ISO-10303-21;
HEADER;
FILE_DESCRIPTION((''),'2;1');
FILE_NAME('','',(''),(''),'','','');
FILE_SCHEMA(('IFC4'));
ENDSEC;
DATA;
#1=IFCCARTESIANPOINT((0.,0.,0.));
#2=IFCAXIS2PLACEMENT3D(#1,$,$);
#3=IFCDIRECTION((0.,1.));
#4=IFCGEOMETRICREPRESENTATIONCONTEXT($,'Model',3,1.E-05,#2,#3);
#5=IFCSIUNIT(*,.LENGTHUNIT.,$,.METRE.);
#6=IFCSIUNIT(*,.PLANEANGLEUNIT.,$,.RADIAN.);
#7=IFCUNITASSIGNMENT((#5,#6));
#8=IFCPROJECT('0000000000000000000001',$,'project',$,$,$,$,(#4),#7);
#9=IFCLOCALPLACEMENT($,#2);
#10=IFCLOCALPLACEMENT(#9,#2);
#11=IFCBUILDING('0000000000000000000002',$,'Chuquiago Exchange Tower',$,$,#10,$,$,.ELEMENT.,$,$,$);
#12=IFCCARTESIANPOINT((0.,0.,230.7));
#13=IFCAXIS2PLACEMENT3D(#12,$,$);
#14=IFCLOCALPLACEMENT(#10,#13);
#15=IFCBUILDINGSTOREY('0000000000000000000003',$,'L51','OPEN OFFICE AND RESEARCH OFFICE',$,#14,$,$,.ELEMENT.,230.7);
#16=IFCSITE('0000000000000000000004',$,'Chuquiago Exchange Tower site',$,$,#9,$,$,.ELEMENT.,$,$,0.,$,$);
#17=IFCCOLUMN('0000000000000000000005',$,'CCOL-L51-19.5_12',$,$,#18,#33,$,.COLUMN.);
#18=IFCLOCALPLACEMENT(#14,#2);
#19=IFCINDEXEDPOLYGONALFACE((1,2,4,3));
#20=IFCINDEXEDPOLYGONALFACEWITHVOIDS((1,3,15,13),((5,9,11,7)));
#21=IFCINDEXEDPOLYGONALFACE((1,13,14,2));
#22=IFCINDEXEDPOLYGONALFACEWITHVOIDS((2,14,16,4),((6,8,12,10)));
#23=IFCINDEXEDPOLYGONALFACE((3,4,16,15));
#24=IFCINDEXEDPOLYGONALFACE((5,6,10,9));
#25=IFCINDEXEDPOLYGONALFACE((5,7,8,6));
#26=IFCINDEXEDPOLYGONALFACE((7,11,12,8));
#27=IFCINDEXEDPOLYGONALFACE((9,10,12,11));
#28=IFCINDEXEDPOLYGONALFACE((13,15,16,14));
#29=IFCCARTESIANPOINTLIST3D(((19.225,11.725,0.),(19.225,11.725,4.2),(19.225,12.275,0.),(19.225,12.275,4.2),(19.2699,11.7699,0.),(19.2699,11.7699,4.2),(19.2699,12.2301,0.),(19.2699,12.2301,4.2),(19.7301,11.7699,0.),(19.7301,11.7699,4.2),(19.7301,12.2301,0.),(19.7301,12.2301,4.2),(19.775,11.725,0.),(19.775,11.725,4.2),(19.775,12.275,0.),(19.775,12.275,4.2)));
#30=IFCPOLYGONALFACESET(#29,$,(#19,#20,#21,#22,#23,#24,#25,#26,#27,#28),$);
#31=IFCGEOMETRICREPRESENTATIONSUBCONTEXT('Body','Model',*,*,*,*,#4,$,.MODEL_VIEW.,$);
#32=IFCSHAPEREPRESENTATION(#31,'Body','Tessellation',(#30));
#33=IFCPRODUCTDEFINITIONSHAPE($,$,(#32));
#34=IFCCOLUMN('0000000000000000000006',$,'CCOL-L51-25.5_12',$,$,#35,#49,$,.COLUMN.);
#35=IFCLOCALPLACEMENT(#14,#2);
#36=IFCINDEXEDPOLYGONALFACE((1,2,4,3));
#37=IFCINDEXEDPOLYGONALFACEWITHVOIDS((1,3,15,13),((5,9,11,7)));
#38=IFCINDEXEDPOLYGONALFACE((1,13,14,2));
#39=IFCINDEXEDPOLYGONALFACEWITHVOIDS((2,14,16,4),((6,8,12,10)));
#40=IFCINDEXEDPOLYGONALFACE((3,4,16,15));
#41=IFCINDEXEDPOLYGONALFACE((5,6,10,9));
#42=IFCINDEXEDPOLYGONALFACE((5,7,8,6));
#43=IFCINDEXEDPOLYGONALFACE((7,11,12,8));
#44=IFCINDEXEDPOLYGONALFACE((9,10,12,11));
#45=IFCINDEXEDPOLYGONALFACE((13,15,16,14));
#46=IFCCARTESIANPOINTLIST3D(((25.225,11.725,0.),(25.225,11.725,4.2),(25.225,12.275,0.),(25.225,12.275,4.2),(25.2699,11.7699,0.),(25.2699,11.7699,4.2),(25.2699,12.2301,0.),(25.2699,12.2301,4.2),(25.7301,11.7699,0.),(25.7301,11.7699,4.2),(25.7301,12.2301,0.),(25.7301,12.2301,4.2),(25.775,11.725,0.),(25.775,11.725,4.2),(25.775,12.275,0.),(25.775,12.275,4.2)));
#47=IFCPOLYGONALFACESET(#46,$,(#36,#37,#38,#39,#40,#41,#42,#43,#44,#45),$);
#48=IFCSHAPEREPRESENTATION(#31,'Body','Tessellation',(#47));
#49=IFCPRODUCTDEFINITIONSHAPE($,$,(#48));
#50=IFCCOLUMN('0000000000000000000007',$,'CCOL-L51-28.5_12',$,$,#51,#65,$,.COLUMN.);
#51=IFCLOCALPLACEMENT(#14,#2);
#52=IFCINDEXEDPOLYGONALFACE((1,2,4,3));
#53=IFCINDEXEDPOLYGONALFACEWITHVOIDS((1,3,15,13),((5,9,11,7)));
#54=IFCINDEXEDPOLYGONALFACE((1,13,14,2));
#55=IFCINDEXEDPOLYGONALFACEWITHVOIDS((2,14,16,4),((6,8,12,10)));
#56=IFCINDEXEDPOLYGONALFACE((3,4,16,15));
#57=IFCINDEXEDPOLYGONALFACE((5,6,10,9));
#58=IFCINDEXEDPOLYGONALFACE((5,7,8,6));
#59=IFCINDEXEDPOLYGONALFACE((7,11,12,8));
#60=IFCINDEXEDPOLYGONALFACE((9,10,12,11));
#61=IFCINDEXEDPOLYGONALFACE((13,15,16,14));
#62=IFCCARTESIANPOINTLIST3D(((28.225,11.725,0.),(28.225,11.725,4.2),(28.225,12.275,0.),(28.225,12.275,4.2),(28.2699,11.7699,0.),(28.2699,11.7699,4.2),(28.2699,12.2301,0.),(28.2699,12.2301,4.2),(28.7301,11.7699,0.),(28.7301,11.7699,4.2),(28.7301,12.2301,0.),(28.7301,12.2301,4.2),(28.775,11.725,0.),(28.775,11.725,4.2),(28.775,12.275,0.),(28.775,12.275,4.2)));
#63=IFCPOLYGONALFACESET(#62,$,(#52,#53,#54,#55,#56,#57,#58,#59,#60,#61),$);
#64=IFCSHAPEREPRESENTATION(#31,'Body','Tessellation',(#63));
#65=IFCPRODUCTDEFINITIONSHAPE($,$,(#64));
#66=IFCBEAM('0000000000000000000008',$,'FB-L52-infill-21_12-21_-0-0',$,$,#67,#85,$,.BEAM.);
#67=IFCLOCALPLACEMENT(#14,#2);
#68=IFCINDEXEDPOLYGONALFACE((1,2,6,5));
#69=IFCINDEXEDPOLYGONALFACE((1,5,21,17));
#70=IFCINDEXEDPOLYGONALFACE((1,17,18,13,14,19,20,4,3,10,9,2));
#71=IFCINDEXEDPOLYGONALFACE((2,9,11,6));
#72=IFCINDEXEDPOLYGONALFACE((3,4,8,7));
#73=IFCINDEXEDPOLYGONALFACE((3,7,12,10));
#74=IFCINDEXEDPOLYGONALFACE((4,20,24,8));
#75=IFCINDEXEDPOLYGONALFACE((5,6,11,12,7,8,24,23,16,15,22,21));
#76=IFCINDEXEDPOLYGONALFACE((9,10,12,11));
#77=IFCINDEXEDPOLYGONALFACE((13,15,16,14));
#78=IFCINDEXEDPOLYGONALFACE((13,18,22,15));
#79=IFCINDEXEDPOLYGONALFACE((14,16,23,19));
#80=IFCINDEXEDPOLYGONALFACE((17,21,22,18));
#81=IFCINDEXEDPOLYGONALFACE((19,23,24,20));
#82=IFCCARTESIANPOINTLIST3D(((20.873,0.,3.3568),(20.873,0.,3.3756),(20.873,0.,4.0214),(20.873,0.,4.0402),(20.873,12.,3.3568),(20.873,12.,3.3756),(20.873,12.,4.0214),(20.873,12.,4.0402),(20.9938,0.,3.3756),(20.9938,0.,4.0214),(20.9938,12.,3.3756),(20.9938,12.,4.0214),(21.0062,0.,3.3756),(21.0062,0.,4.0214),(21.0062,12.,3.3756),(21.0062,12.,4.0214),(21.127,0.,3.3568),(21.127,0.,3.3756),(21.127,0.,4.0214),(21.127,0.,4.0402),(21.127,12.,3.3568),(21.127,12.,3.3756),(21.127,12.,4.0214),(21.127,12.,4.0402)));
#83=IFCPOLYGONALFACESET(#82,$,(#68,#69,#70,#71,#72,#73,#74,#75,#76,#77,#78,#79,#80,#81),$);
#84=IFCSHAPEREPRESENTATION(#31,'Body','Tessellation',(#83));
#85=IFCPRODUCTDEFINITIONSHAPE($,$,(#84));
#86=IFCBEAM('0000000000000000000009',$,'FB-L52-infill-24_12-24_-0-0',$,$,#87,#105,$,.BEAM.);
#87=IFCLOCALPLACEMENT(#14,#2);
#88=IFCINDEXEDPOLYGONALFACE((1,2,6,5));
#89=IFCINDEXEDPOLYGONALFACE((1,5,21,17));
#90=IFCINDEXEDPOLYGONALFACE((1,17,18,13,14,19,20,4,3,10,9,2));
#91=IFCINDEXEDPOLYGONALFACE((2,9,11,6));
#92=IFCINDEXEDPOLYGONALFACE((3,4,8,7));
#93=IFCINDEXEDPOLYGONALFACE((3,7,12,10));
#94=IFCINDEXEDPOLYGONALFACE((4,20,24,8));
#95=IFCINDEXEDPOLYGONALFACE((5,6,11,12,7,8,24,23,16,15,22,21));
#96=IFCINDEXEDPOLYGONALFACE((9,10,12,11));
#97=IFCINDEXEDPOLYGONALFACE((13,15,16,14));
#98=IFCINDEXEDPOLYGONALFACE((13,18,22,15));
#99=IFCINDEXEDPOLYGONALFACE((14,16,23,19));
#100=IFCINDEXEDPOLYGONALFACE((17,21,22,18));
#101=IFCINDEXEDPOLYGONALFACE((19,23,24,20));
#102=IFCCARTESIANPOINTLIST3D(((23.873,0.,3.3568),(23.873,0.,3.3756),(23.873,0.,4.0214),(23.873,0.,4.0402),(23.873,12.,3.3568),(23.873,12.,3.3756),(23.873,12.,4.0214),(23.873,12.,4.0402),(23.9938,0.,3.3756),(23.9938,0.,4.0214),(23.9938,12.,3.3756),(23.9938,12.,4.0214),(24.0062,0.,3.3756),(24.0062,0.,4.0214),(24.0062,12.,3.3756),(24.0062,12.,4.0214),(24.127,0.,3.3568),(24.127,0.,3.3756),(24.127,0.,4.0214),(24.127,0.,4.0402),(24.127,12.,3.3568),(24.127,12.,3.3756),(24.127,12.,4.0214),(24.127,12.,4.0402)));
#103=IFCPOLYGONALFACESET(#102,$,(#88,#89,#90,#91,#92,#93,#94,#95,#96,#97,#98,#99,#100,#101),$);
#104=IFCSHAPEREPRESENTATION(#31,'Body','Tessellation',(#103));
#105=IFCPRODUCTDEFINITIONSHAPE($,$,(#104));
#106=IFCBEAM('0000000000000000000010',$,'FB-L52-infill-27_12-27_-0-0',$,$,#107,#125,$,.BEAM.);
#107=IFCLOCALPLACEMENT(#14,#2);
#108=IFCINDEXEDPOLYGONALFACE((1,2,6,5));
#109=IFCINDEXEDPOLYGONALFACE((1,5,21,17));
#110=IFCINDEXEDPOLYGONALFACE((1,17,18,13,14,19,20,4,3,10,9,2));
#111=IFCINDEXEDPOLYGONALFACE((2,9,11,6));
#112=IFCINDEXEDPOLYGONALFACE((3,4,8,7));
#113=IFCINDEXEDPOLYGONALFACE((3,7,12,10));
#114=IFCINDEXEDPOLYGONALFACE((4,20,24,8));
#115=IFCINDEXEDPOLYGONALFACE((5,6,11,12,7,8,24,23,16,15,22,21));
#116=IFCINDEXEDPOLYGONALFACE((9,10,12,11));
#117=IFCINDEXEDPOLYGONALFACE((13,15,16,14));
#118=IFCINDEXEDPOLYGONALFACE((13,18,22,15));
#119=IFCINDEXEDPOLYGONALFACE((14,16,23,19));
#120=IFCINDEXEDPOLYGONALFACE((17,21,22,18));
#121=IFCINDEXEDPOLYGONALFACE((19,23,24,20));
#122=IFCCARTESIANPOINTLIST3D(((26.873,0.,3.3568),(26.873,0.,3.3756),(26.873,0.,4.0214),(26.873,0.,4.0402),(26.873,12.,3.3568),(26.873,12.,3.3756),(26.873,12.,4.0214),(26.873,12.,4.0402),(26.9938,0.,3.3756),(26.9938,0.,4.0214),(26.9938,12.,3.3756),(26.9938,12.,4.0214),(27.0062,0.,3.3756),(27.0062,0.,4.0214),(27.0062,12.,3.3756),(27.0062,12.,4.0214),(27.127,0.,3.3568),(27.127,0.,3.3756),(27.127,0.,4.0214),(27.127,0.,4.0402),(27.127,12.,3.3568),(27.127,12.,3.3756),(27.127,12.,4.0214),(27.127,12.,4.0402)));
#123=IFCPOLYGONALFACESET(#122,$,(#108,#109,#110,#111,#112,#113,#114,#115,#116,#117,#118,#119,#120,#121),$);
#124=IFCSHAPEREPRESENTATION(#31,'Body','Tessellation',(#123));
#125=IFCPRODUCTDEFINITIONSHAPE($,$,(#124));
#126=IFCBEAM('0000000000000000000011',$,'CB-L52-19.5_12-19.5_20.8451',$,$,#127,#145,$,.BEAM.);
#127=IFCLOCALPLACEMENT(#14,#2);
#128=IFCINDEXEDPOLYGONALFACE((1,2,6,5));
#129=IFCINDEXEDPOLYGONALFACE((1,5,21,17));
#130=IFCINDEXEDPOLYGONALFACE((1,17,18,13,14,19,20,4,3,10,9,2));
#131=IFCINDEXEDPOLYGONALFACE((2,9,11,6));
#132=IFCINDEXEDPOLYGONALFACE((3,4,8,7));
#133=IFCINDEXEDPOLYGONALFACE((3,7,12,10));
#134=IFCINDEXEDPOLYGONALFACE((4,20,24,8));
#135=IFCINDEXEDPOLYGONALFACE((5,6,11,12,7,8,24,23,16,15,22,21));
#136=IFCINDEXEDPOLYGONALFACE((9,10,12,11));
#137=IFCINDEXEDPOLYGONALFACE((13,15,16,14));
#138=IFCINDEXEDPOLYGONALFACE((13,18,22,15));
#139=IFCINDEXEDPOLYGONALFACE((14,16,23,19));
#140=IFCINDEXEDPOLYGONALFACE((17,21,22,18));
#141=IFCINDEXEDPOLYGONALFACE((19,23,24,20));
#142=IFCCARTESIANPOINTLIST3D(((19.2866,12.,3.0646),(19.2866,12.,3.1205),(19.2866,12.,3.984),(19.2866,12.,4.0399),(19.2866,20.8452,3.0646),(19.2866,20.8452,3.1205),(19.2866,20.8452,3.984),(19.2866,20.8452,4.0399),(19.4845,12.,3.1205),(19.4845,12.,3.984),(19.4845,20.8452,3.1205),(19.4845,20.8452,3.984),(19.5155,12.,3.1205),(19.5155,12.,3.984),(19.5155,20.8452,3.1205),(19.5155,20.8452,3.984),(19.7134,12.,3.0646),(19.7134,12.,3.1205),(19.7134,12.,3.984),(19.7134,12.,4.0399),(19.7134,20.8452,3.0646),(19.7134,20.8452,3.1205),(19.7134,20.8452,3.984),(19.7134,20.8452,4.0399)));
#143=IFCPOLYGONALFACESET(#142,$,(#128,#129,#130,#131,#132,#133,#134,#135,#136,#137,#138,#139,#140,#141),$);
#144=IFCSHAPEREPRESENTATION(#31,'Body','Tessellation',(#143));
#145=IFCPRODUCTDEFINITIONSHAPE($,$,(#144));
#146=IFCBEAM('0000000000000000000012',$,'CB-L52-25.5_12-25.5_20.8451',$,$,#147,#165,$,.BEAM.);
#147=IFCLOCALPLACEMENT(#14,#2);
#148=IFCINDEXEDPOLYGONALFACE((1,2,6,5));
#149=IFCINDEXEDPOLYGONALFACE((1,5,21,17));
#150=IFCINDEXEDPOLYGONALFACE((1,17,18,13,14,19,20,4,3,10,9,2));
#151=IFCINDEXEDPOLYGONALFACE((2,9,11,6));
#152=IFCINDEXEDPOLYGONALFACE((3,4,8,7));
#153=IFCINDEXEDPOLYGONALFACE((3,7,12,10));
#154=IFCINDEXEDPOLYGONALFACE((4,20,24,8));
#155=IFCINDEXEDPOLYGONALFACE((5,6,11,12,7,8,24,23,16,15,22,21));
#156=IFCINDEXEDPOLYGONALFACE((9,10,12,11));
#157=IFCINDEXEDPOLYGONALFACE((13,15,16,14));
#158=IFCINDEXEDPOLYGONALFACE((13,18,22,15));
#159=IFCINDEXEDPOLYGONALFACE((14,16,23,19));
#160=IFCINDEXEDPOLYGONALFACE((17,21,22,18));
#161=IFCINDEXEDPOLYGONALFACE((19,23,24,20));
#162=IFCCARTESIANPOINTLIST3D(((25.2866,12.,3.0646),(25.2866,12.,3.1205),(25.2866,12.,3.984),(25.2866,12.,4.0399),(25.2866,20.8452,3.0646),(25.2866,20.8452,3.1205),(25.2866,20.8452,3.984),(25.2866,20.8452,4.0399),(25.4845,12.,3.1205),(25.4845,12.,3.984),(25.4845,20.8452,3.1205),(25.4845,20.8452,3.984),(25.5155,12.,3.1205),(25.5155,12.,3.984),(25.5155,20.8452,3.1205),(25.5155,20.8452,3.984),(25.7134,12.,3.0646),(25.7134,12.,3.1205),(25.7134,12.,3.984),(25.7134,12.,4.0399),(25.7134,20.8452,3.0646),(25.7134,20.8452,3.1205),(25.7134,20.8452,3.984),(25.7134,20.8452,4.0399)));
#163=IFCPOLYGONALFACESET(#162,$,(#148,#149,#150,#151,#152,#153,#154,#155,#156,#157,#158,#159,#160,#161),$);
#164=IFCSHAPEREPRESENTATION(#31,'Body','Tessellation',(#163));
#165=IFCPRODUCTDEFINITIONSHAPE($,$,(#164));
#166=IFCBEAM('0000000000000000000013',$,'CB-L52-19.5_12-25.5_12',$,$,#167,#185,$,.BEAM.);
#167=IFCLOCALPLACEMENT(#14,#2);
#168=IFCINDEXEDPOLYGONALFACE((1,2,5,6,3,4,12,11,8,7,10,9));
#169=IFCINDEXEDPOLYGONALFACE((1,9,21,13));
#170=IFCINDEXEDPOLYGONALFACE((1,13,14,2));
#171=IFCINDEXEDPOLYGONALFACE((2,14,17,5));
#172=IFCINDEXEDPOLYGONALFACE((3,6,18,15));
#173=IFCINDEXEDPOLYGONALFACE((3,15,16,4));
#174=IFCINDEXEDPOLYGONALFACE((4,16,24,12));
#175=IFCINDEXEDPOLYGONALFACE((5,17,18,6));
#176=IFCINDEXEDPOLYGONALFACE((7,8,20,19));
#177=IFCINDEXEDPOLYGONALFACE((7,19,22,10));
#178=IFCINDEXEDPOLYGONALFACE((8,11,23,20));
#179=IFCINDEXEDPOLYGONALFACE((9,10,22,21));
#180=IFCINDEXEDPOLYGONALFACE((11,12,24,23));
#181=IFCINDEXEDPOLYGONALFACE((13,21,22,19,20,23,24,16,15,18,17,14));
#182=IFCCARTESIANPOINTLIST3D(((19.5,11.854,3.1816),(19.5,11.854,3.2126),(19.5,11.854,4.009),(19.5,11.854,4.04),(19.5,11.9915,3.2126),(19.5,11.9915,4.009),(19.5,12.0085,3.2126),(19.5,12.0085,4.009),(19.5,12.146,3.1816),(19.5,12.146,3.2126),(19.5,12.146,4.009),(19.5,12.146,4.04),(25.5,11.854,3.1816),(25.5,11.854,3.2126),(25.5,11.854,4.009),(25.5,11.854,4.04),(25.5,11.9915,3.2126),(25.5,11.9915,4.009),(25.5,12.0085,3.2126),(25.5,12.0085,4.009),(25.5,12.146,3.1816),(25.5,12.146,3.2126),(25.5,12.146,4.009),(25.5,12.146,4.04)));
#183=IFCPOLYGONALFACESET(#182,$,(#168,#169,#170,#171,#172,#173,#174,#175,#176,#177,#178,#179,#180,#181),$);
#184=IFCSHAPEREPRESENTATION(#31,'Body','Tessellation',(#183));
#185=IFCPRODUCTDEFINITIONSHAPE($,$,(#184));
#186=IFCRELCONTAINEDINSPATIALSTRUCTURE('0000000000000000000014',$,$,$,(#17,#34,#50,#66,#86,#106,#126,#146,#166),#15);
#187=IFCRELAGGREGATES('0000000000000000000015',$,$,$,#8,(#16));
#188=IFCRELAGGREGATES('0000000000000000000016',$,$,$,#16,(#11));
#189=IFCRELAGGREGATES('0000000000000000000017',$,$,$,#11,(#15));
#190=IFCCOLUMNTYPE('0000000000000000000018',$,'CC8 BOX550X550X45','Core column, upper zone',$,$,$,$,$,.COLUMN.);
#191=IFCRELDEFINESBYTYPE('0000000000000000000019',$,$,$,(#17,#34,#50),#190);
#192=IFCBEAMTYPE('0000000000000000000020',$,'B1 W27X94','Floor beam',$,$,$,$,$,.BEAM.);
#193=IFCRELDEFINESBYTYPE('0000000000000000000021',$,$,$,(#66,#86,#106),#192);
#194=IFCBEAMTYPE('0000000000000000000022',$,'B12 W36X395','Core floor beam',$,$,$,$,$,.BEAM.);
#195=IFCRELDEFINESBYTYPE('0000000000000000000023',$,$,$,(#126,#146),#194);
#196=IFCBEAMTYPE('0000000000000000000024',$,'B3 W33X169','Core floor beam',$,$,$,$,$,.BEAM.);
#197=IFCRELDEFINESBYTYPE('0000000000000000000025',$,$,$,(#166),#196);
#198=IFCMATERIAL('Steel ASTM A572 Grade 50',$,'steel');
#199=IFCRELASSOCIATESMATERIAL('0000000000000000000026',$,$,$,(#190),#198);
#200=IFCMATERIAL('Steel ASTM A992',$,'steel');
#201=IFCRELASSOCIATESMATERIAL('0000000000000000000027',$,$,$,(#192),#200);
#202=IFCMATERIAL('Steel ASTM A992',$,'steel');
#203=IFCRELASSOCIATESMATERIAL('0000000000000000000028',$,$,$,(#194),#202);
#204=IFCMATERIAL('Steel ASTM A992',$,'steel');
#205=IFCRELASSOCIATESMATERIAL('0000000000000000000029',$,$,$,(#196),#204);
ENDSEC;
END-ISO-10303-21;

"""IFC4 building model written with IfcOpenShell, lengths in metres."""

from ifc_helpers import new_model, si_unit, direction, frame, origin, origin_2d, place, context, subcontext, project, spatial, hollow_rectangle, i_section, extrude, material, material_profile, profile_set, type_object, element, save


model = new_model("IFC4")

# Units and contexts
model_context = context("Model", 3, precision=1e-05, world=origin(), true_north=direction((0.0, 1.0)))
body_context = subcontext(model_context, "Body", "Model", "MODEL_VIEW")
ifc_project = project(units=[si_unit("LENGTHUNIT", "METRE"), si_unit("PLANEANGLEUNIT", "RADIAN")], contexts=[model_context])

# Site, building, storey
site_placement = place(None, origin())
site = spatial("IfcSite", under=ifc_project, at=site_placement, Name="Chuquiago Exchange Tower site", CompositionType="ELEMENT", RefElevation=0.0)
building_placement = place(site_placement, origin())
building = spatial("IfcBuilding", under=site, at=building_placement, Name="Chuquiago Exchange Tower", CompositionType="ELEMENT")
storey_placement = place(building_placement, frame((0.0, 0.0, 230.7)))
storey = spatial("IfcBuildingStorey", under=building, at=storey_placement, Name="L51", Description="OPEN OFFICE AND RESEARCH OFFICE", CompositionType="ELEMENT", Elevation=230.7)

# Columns
ifc_material_1 = material(Name="Steel ASTM A572 Grade 50", Category="steel")
ifc_material_profile_1 = material_profile(ifc_material_1, hollow_rectangle(XDim=0.55, YDim=0.55, WallThickness=0.0449, at=origin_2d()), Name="BOX550X550X45")
ifc_profile_set_1 = profile_set([ifc_material_profile_1], Name="Steel ASTM A572 Grade 50")
column_type = type_object("IfcColumnType", Name="CC8 BOX550X550X45", Description="Core column, upper zone", PredefinedType="COLUMN", material=ifc_profile_set_1)
for number, where, z_axis, x_axis, name in (
    (1, (19.5, 12.0, 0.0), (0.0, 0.0, 1.0), (1.0, 0.0, 0.0), "CCOL-L51-19.5_12"),
    (2, (25.5, 12.0, 0.0), (0.0, 0.0, 1.0), (1.0, 0.0, 0.0), "CCOL-L51-25.5_12"),
    (3, (28.5, 12.0, 0.0), (0.0, 0.0, 1.0), (1.0, 0.0, 0.0), "CCOL-L51-28.5_12"),
):
    element("IfcColumn", number, at=place(storey_placement, frame(where, z_axis=z_axis, x_axis=x_axis)), inside=storey, type_object=column_type, Name=name, PredefinedType="COLUMN", context=body_context, shape_type="SweptSolid", body=[
        extrude(hollow_rectangle(XDim=0.55, YDim=0.55, WallThickness=0.0449, at=origin_2d()), origin(), (0.0, 0.0, 1.0), 4.2),
    ])

# Beams
ifc_material_2 = material(Name="Steel ASTM A992", Category="steel")
ifc_material_profile_2 = material_profile(ifc_material_2, i_section(OverallWidth=0.2539, OverallDepth=0.6833, WebThickness=0.0125, FlangeThickness=0.0188, at=origin_2d()), Name="W27X94")
ifc_profile_set_2 = profile_set([ifc_material_profile_2], Name="Steel ASTM A992")
beam_type_1 = type_object("IfcBeamType", Name="B1 W27X94", Description="Floor beam", PredefinedType="BEAM", material=ifc_profile_set_2)
for number, where, z_axis, x_axis, name in (
    (4, (21.0, 12.0, 3.6985), (0.0, -1.0, 0.0), (1.0, 0.0, 0.0), "FB-L52-infill-21_12-21_-0-0"),
    (5, (24.0, 12.0, 3.6985), (0.0, -1.0, 0.0), (1.0, 0.0, 0.0), "FB-L52-infill-24_12-24_-0-0"),
    (6, (27.0, 12.0, 3.6985), (0.0, -1.0, 0.0), (1.0, 0.0, 0.0), "FB-L52-infill-27_12-27_-0-0"),
):
    element("IfcBeam", number, at=place(storey_placement, frame(where, z_axis=z_axis, x_axis=x_axis)), inside=storey, type_object=beam_type_1, Name=name, PredefinedType="BEAM", context=body_context, shape_type="SweptSolid", body=[
        extrude(i_section(OverallWidth=0.2539, OverallDepth=0.6833, WebThickness=0.0125, FlangeThickness=0.0188, at=origin_2d()), origin(), (0.0, 0.0, 1.0), 12.0),
    ])
ifc_material_3 = material(Name="Steel ASTM A992", Category="steel")
ifc_material_profile_3 = material_profile(ifc_material_3, i_section(OverallWidth=0.4268, OverallDepth=0.9753, WebThickness=0.031, FlangeThickness=0.0559, at=origin_2d()), Name="W36X395")
ifc_profile_set_3 = profile_set([ifc_material_profile_3], Name="Steel ASTM A992")
beam_type_2 = type_object("IfcBeamType", Name="B12 W36X395", Description="Core floor beam", PredefinedType="BEAM", material=ifc_profile_set_3)
for number, where, z_axis, x_axis, name in (
    (7, (19.5, 12.0, 3.5522), (0.0, 1.0, 0.0), (-1.0, 0.0, 0.0), "CB-L52-19.5_12-19.5_20.8451"),
    (8, (25.5, 12.0, 3.5522), (0.0, 1.0, 0.0), (-1.0, 0.0, 0.0), "CB-L52-25.5_12-25.5_20.8451"),
):
    element("IfcBeam", number, at=place(storey_placement, frame(where, z_axis=z_axis, x_axis=x_axis)), inside=storey, type_object=beam_type_2, Name=name, PredefinedType="BEAM", context=body_context, shape_type="SweptSolid", body=[
        extrude(i_section(OverallWidth=0.4268, OverallDepth=0.9753, WebThickness=0.031, FlangeThickness=0.0559, at=origin_2d()), origin(), (0.0, 0.0, 1.0), 8.8452),
    ])
ifc_material_4 = material(Name="Steel ASTM A992", Category="steel")
ifc_material_profile_4 = material_profile(ifc_material_4, i_section(OverallWidth=0.292, OverallDepth=0.8584, WebThickness=0.0171, FlangeThickness=0.031, at=origin_2d()), Name="W33X169")
ifc_profile_set_4 = profile_set([ifc_material_profile_4], Name="Steel ASTM A992")
beam_type_3 = type_object("IfcBeamType", Name="B3 W33X169", Description="Core floor beam", PredefinedType="BEAM", material=ifc_profile_set_4)
beam_1_placement = place(storey_placement, frame((19.5, 12.0, 3.6108), z_axis=(1.0, 0.0, 0.0), x_axis=(0.0, 1.0, 0.0)))
element("IfcBeam", 9, at=beam_1_placement, inside=storey, type_object=beam_type_3, Name="CB-L52-19.5_12-25.5_12", PredefinedType="BEAM", context=body_context, shape_type="SweptSolid", body=[
    extrude(i_section(OverallWidth=0.292, OverallDepth=0.8584, WebThickness=0.0171, FlangeThickness=0.031, at=origin_2d()), origin(), (0.0, 0.0, 1.0), 6.0),
])

save(model, "model.ifc")
